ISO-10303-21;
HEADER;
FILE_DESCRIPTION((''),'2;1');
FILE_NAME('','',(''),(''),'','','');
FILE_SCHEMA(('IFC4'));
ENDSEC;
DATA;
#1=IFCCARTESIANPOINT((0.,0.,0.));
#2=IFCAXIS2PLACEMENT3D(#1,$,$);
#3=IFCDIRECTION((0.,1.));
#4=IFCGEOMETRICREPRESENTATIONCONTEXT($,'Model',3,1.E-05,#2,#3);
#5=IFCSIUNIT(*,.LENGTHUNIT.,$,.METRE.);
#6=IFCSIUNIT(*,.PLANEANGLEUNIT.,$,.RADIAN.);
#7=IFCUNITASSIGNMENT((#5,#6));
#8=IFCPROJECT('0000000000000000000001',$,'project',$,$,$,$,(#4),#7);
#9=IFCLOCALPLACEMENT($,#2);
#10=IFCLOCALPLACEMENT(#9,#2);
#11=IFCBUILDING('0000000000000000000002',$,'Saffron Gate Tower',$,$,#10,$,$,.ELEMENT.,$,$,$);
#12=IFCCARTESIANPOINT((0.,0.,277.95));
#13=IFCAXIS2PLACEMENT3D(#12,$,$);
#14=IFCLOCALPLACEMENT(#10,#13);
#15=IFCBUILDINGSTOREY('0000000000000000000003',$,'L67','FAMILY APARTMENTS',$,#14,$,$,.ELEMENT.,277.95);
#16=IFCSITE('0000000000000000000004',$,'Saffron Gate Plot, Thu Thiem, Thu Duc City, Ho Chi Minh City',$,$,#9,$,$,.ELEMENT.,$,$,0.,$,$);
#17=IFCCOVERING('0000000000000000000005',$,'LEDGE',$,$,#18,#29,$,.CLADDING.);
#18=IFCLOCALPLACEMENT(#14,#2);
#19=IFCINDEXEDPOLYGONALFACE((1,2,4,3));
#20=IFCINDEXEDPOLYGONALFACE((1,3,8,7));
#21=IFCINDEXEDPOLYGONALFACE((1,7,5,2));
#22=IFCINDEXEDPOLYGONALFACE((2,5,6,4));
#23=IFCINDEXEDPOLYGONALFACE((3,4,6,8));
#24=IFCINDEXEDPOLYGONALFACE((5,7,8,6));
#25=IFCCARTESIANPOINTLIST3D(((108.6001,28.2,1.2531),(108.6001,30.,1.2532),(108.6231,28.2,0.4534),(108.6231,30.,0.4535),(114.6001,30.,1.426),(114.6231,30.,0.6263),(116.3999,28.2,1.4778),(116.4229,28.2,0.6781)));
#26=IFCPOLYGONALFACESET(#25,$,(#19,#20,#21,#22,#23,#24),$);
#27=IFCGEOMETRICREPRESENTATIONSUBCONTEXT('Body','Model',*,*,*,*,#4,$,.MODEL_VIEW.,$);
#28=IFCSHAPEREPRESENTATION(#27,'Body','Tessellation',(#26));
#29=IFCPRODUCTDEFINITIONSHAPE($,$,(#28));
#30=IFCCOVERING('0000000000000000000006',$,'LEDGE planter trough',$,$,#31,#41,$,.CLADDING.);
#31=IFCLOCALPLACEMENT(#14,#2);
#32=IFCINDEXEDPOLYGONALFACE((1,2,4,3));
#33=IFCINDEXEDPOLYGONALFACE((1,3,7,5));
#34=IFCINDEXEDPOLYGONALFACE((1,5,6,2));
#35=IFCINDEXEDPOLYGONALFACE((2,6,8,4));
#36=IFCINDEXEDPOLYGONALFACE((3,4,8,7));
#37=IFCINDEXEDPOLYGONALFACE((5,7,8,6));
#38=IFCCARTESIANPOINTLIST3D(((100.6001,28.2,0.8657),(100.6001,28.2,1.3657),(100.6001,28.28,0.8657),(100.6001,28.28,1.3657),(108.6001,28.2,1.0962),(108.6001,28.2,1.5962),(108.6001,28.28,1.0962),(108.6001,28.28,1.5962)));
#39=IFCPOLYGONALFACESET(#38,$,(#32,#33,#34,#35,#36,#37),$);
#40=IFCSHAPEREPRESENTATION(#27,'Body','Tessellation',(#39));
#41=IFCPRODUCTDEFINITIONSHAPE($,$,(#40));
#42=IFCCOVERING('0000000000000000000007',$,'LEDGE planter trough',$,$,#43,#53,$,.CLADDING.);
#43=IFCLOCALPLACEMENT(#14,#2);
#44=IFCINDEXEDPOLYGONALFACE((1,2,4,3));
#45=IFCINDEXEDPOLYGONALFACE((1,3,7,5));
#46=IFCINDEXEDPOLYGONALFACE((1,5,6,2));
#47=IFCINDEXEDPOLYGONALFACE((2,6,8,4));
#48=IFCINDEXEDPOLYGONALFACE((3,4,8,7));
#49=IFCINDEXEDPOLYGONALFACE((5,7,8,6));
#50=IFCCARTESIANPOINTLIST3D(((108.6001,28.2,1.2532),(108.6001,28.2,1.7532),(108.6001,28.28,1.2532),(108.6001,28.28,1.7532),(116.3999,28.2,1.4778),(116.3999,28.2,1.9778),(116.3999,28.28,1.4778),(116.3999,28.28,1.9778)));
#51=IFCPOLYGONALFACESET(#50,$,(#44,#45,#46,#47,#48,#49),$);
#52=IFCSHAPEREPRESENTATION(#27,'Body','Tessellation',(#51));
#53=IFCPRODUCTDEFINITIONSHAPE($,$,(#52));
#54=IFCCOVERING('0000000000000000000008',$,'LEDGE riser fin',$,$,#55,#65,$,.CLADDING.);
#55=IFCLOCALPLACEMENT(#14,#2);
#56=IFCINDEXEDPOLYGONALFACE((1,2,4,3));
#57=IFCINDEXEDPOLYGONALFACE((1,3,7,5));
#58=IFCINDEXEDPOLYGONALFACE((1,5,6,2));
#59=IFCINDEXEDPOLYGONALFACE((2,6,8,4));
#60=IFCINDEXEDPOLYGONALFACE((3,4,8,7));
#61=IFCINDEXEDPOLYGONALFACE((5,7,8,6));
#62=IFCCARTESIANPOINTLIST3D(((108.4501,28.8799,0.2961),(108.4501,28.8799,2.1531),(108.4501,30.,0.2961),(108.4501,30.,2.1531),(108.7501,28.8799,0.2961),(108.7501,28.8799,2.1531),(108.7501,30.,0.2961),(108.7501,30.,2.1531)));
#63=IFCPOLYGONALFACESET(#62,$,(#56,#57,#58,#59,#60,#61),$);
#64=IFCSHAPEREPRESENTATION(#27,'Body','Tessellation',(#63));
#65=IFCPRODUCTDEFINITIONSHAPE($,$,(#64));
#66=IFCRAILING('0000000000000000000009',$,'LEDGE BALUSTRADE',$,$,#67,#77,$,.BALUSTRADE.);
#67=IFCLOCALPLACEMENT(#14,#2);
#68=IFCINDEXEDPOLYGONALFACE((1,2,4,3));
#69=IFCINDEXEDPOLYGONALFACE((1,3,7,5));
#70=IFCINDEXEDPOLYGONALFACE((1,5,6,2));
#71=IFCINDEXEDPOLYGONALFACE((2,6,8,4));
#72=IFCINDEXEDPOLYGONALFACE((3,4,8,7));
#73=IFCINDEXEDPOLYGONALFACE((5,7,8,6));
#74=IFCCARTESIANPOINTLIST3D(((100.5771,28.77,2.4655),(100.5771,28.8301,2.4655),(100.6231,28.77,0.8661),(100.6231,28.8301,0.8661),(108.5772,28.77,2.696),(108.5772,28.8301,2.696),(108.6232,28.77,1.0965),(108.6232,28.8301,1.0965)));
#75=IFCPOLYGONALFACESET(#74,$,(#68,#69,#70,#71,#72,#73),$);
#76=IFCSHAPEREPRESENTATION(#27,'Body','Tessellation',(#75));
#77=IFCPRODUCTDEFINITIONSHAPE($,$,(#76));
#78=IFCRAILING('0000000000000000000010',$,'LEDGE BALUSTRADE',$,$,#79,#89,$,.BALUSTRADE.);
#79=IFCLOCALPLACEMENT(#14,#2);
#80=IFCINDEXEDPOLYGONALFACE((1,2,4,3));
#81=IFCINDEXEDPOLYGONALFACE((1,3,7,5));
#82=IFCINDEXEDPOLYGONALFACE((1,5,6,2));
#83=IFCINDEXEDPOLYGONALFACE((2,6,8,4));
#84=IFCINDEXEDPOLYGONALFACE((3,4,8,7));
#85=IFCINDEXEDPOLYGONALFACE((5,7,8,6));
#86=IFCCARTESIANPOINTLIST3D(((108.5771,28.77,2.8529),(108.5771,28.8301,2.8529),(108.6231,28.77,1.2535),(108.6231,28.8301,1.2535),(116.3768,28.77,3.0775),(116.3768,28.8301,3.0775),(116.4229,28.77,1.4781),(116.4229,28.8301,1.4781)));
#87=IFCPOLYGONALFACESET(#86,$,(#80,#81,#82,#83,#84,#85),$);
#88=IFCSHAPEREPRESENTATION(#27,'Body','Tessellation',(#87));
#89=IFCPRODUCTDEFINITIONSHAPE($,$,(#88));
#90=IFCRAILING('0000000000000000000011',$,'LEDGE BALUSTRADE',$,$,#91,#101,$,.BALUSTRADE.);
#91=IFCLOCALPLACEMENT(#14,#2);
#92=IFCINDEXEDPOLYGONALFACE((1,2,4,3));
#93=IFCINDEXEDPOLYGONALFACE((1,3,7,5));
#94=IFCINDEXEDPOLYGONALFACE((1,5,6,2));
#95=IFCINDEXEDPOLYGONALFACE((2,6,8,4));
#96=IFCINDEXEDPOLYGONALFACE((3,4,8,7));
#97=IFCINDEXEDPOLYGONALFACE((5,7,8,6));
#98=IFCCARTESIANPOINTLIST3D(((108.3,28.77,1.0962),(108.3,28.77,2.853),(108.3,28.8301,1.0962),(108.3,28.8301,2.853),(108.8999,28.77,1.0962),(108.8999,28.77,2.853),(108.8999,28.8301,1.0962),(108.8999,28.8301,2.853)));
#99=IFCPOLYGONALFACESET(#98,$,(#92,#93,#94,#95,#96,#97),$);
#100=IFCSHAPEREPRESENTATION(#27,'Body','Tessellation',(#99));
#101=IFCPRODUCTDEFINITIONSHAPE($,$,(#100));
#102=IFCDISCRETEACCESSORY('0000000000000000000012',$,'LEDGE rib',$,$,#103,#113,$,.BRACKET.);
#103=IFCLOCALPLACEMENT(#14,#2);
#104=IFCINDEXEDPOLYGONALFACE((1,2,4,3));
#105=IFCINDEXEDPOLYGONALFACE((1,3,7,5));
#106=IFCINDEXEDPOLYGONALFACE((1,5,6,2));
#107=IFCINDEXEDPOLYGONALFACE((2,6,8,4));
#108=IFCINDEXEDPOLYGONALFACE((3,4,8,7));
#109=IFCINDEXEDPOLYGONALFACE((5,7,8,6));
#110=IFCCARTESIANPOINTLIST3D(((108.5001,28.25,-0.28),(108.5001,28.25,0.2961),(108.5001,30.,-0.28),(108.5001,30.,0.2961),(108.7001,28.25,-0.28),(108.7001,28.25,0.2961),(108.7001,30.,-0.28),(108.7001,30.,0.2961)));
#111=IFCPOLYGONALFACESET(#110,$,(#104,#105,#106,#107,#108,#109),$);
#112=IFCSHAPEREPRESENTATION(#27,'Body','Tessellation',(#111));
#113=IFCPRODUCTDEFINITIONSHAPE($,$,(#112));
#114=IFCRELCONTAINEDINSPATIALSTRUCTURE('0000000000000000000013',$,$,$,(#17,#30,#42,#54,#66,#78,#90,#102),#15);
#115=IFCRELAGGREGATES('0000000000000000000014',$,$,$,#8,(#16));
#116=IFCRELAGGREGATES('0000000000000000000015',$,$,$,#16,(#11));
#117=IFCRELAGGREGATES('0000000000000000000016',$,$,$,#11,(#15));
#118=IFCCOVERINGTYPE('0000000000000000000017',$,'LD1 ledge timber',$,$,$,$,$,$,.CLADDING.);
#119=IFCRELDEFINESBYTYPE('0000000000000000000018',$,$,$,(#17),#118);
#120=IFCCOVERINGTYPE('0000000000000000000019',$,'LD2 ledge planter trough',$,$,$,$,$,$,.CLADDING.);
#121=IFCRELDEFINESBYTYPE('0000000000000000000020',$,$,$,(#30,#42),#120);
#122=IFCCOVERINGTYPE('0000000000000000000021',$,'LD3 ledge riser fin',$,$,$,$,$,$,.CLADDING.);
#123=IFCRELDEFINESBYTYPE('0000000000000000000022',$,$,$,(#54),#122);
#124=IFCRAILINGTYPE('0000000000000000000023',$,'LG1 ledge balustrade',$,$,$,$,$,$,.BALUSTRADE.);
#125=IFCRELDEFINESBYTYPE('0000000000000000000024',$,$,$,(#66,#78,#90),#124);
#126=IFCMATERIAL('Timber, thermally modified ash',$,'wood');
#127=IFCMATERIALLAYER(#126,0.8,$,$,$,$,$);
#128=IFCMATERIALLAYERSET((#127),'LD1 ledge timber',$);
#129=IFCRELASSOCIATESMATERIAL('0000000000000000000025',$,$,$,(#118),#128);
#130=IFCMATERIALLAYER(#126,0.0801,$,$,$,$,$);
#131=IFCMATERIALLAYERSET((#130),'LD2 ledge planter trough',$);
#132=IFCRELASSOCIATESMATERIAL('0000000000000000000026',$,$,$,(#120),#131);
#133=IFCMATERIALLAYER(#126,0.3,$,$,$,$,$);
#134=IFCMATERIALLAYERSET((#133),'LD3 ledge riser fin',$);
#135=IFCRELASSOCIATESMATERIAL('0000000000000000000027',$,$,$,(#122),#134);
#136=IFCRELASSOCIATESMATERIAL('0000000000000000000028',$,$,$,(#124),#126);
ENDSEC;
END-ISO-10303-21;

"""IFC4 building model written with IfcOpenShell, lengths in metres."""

from ifc_helpers import new_model, si_unit, direction, frame, origin, origin_2d, place, context, subcontext, project, spatial, polyline, rectangle, outline, extrude, material, layer, layer_set, type_object, element, save


model = new_model("IFC4")

# Units and contexts
model_context = context("Model", 3, precision=1e-05, world=origin(), true_north=direction((0.0, 1.0)))
body_context = subcontext(model_context, "Body", "Model", "MODEL_VIEW")
ifc_project = project(units=[si_unit("LENGTHUNIT", "METRE"), si_unit("PLANEANGLEUNIT", "RADIAN")], contexts=[model_context])

# Site, building, storey
site_placement = place(None, origin())
site = spatial("IfcSite", under=ifc_project, at=site_placement, Name="Saffron Gate Plot, Thu Thiem, Thu Duc City, Ho Chi Minh City", CompositionType="ELEMENT", RefElevation=0.0)
building_placement = place(site_placement, origin())
building = spatial("IfcBuilding", under=site, at=building_placement, Name="Saffron Gate Tower", CompositionType="ELEMENT")
storey_placement = place(building_placement, frame((0.0, 0.0, 277.95)))
storey = spatial("IfcBuildingStorey", under=building, at=storey_placement, Name="L67", Description="FAMILY APARTMENTS", CompositionType="ELEMENT", Elevation=277.95)

# Coverings
ifc_material_1 = material(Name="Timber, thermally modified ash", Category="wood")
ifc_layer_1 = layer(ifc_material_1, 0.8)
ifc_layer_set_1 = layer_set([ifc_layer_1], Name="LD1 ledge timber")
covering_type_1 = type_object("IfcCoveringType", Name="LD1 ledge timber", PredefinedType="CLADDING", material=ifc_layer_set_1)
covering_1_placement = place(storey_placement, frame((108.6001, 30.0, 1.2532), z_axis=(-0.02879, -0.000022, 0.999585), x_axis=(0.999585, 0.0, 0.02879)))
element("IfcCovering", 1, at=covering_1_placement, inside=storey, type_object=covering_type_1, Name="LEDGE", PredefinedType="CLADDING", context=body_context, shape_type="SweptSolid", body=[
    extrude(outline(polyline([(0.0, 0.0), (6.0025, 0.0), (7.803, -1.8), (0.0, -1.8), (0.0, 0.0)])), origin(), (0.0, 0.0, -1.0), 0.8),
])
ifc_layer_2 = layer(ifc_material_1, 0.0801)
ifc_layer_set_2 = layer_set([ifc_layer_2], Name="LD2 ledge planter trough")
covering_type_2 = type_object("IfcCoveringType", Name="LD2 ledge planter trough", PredefinedType="CLADDING", material=ifc_layer_set_2)
covering_2_placement = place(storey_placement, frame((100.6001, 28.2, 0.8657), z_axis=(0.0, -1.0, 0.0), x_axis=(0.999585, 0.0, 0.028797)))
element("IfcCovering", 2, at=covering_2_placement, inside=storey, type_object=covering_type_2, Name="LEDGE planter trough", PredefinedType="CLADDING", context=body_context, shape_type="SweptSolid", body=[
    extrude(outline(polyline([(0.0, 0.0), (8.0033, 0.0), (8.0177, 0.4998), (0.0144, 0.4998), (0.0, 0.0)])), origin(), (0.0, 0.0, -1.0), 0.0801),
])
covering_3_placement = place(storey_placement, frame((108.6001, 28.2, 1.2532), z_axis=(0.0, -1.0, 0.0), x_axis=(0.999586, 0.0, 0.028785)))
element("IfcCovering", 3, at=covering_3_placement, inside=storey, type_object=covering_type_2, Name="LEDGE planter trough", PredefinedType="CLADDING", context=body_context, shape_type="SweptSolid", body=[
    extrude(outline(polyline([(0.0, 0.0), (7.803, 0.0), (7.8174, 0.4998), (0.0144, 0.4998), (0.0, 0.0)])), origin(), (0.0, 0.0, -1.0), 0.0801),
])
ifc_layer_3 = layer(ifc_material_1, 0.3)
ifc_layer_set_3 = layer_set([ifc_layer_3], Name="LD3 ledge riser fin")
covering_type_3 = type_object("IfcCoveringType", Name="LD3 ledge riser fin", PredefinedType="CLADDING", material=ifc_layer_set_3)
covering_4_placement = place(storey_placement, frame((108.6001, 29.4399, 0.2961), z_axis=(0.0, 0.0, 1.0), x_axis=(1.0, 0.0, 0.0)))
element("IfcCovering", 4, at=covering_4_placement, inside=storey, type_object=covering_type_3, Name="LEDGE riser fin", PredefinedType="CLADDING", context=body_context, shape_type="SweptSolid", body=[
    extrude(rectangle(XDim=0.3, YDim=1.1201, at=origin_2d()), origin(), (0.0, 0.0, 1.0), 1.8569),
])

# Railings
railing_type_1 = type_object("IfcRailingType", Name="LG1 ledge balustrade", PredefinedType="BALUSTRADE", material=ifc_material_1)
railing_1_placement = place(storey_placement, frame((100.6001, 28.8, 0.8657)))
element("IfcRailing", 5, at=railing_1_placement, inside=storey, type_object=railing_type_1, Name="LEDGE BALUSTRADE", PredefinedType="BALUSTRADE", context=body_context, shape_type="SweptSolid", body=[
    extrude(rectangle(XDim=0.0601, YDim=1.6001, at=origin_2d()), frame((0.0, 0.0, 0.8), z_axis=(0.999585, 0.0, 0.028797), x_axis=(0.0, 1.0, 0.0)), (0.0, 0.0, 1.0), 8.0034),
])
railing_2_placement = place(storey_placement, frame((108.6001, 28.8, 1.2532)))
element("IfcRailing", 6, at=railing_2_placement, inside=storey, type_object=railing_type_1, Name="LEDGE BALUSTRADE", PredefinedType="BALUSTRADE", context=body_context, shape_type="SweptSolid", body=[
    extrude(rectangle(XDim=0.0601, YDim=1.6001, at=origin_2d()), frame((0.0, 0.0, 0.8), z_axis=(0.999586, 0.0, 0.028785), x_axis=(0.0, 1.0, 0.0)), (0.0, 0.0, 1.0), 7.803),
])
railing_3_placement = place(storey_placement, frame((108.3, 28.8, 1.0962)))
element("IfcRailing", 7, at=railing_3_placement, inside=storey, type_object=railing_type_1, Name="LEDGE BALUSTRADE", PredefinedType="BALUSTRADE", context=body_context, shape_type="SweptSolid", body=[
    extrude(rectangle(XDim=0.0601, YDim=1.7568, at=origin_2d()), frame((0.0, 0.0, 0.8784), z_axis=(1.0, 0.0, 0.0), x_axis=(0.0, 1.0, 0.0)), (0.0, 0.0, 1.0), 0.5999),
])

# Discrete accessory
discrete_accessory_placement = place(storey_placement, frame((108.6001, 29.125, -0.28), z_axis=(0.0, 0.0, 1.0), x_axis=(1.0, 0.0, 0.0)))
element("IfcDiscreteAccessory", 8, at=discrete_accessory_placement, inside=storey, Name="LEDGE rib", PredefinedType="BRACKET", context=body_context, shape_type="SweptSolid", body=[
    extrude(rectangle(XDim=0.2, YDim=1.75, at=origin_2d()), origin(), (0.0, 0.0, 1.0), 0.5762),
])

save(model, "model.ifc")
